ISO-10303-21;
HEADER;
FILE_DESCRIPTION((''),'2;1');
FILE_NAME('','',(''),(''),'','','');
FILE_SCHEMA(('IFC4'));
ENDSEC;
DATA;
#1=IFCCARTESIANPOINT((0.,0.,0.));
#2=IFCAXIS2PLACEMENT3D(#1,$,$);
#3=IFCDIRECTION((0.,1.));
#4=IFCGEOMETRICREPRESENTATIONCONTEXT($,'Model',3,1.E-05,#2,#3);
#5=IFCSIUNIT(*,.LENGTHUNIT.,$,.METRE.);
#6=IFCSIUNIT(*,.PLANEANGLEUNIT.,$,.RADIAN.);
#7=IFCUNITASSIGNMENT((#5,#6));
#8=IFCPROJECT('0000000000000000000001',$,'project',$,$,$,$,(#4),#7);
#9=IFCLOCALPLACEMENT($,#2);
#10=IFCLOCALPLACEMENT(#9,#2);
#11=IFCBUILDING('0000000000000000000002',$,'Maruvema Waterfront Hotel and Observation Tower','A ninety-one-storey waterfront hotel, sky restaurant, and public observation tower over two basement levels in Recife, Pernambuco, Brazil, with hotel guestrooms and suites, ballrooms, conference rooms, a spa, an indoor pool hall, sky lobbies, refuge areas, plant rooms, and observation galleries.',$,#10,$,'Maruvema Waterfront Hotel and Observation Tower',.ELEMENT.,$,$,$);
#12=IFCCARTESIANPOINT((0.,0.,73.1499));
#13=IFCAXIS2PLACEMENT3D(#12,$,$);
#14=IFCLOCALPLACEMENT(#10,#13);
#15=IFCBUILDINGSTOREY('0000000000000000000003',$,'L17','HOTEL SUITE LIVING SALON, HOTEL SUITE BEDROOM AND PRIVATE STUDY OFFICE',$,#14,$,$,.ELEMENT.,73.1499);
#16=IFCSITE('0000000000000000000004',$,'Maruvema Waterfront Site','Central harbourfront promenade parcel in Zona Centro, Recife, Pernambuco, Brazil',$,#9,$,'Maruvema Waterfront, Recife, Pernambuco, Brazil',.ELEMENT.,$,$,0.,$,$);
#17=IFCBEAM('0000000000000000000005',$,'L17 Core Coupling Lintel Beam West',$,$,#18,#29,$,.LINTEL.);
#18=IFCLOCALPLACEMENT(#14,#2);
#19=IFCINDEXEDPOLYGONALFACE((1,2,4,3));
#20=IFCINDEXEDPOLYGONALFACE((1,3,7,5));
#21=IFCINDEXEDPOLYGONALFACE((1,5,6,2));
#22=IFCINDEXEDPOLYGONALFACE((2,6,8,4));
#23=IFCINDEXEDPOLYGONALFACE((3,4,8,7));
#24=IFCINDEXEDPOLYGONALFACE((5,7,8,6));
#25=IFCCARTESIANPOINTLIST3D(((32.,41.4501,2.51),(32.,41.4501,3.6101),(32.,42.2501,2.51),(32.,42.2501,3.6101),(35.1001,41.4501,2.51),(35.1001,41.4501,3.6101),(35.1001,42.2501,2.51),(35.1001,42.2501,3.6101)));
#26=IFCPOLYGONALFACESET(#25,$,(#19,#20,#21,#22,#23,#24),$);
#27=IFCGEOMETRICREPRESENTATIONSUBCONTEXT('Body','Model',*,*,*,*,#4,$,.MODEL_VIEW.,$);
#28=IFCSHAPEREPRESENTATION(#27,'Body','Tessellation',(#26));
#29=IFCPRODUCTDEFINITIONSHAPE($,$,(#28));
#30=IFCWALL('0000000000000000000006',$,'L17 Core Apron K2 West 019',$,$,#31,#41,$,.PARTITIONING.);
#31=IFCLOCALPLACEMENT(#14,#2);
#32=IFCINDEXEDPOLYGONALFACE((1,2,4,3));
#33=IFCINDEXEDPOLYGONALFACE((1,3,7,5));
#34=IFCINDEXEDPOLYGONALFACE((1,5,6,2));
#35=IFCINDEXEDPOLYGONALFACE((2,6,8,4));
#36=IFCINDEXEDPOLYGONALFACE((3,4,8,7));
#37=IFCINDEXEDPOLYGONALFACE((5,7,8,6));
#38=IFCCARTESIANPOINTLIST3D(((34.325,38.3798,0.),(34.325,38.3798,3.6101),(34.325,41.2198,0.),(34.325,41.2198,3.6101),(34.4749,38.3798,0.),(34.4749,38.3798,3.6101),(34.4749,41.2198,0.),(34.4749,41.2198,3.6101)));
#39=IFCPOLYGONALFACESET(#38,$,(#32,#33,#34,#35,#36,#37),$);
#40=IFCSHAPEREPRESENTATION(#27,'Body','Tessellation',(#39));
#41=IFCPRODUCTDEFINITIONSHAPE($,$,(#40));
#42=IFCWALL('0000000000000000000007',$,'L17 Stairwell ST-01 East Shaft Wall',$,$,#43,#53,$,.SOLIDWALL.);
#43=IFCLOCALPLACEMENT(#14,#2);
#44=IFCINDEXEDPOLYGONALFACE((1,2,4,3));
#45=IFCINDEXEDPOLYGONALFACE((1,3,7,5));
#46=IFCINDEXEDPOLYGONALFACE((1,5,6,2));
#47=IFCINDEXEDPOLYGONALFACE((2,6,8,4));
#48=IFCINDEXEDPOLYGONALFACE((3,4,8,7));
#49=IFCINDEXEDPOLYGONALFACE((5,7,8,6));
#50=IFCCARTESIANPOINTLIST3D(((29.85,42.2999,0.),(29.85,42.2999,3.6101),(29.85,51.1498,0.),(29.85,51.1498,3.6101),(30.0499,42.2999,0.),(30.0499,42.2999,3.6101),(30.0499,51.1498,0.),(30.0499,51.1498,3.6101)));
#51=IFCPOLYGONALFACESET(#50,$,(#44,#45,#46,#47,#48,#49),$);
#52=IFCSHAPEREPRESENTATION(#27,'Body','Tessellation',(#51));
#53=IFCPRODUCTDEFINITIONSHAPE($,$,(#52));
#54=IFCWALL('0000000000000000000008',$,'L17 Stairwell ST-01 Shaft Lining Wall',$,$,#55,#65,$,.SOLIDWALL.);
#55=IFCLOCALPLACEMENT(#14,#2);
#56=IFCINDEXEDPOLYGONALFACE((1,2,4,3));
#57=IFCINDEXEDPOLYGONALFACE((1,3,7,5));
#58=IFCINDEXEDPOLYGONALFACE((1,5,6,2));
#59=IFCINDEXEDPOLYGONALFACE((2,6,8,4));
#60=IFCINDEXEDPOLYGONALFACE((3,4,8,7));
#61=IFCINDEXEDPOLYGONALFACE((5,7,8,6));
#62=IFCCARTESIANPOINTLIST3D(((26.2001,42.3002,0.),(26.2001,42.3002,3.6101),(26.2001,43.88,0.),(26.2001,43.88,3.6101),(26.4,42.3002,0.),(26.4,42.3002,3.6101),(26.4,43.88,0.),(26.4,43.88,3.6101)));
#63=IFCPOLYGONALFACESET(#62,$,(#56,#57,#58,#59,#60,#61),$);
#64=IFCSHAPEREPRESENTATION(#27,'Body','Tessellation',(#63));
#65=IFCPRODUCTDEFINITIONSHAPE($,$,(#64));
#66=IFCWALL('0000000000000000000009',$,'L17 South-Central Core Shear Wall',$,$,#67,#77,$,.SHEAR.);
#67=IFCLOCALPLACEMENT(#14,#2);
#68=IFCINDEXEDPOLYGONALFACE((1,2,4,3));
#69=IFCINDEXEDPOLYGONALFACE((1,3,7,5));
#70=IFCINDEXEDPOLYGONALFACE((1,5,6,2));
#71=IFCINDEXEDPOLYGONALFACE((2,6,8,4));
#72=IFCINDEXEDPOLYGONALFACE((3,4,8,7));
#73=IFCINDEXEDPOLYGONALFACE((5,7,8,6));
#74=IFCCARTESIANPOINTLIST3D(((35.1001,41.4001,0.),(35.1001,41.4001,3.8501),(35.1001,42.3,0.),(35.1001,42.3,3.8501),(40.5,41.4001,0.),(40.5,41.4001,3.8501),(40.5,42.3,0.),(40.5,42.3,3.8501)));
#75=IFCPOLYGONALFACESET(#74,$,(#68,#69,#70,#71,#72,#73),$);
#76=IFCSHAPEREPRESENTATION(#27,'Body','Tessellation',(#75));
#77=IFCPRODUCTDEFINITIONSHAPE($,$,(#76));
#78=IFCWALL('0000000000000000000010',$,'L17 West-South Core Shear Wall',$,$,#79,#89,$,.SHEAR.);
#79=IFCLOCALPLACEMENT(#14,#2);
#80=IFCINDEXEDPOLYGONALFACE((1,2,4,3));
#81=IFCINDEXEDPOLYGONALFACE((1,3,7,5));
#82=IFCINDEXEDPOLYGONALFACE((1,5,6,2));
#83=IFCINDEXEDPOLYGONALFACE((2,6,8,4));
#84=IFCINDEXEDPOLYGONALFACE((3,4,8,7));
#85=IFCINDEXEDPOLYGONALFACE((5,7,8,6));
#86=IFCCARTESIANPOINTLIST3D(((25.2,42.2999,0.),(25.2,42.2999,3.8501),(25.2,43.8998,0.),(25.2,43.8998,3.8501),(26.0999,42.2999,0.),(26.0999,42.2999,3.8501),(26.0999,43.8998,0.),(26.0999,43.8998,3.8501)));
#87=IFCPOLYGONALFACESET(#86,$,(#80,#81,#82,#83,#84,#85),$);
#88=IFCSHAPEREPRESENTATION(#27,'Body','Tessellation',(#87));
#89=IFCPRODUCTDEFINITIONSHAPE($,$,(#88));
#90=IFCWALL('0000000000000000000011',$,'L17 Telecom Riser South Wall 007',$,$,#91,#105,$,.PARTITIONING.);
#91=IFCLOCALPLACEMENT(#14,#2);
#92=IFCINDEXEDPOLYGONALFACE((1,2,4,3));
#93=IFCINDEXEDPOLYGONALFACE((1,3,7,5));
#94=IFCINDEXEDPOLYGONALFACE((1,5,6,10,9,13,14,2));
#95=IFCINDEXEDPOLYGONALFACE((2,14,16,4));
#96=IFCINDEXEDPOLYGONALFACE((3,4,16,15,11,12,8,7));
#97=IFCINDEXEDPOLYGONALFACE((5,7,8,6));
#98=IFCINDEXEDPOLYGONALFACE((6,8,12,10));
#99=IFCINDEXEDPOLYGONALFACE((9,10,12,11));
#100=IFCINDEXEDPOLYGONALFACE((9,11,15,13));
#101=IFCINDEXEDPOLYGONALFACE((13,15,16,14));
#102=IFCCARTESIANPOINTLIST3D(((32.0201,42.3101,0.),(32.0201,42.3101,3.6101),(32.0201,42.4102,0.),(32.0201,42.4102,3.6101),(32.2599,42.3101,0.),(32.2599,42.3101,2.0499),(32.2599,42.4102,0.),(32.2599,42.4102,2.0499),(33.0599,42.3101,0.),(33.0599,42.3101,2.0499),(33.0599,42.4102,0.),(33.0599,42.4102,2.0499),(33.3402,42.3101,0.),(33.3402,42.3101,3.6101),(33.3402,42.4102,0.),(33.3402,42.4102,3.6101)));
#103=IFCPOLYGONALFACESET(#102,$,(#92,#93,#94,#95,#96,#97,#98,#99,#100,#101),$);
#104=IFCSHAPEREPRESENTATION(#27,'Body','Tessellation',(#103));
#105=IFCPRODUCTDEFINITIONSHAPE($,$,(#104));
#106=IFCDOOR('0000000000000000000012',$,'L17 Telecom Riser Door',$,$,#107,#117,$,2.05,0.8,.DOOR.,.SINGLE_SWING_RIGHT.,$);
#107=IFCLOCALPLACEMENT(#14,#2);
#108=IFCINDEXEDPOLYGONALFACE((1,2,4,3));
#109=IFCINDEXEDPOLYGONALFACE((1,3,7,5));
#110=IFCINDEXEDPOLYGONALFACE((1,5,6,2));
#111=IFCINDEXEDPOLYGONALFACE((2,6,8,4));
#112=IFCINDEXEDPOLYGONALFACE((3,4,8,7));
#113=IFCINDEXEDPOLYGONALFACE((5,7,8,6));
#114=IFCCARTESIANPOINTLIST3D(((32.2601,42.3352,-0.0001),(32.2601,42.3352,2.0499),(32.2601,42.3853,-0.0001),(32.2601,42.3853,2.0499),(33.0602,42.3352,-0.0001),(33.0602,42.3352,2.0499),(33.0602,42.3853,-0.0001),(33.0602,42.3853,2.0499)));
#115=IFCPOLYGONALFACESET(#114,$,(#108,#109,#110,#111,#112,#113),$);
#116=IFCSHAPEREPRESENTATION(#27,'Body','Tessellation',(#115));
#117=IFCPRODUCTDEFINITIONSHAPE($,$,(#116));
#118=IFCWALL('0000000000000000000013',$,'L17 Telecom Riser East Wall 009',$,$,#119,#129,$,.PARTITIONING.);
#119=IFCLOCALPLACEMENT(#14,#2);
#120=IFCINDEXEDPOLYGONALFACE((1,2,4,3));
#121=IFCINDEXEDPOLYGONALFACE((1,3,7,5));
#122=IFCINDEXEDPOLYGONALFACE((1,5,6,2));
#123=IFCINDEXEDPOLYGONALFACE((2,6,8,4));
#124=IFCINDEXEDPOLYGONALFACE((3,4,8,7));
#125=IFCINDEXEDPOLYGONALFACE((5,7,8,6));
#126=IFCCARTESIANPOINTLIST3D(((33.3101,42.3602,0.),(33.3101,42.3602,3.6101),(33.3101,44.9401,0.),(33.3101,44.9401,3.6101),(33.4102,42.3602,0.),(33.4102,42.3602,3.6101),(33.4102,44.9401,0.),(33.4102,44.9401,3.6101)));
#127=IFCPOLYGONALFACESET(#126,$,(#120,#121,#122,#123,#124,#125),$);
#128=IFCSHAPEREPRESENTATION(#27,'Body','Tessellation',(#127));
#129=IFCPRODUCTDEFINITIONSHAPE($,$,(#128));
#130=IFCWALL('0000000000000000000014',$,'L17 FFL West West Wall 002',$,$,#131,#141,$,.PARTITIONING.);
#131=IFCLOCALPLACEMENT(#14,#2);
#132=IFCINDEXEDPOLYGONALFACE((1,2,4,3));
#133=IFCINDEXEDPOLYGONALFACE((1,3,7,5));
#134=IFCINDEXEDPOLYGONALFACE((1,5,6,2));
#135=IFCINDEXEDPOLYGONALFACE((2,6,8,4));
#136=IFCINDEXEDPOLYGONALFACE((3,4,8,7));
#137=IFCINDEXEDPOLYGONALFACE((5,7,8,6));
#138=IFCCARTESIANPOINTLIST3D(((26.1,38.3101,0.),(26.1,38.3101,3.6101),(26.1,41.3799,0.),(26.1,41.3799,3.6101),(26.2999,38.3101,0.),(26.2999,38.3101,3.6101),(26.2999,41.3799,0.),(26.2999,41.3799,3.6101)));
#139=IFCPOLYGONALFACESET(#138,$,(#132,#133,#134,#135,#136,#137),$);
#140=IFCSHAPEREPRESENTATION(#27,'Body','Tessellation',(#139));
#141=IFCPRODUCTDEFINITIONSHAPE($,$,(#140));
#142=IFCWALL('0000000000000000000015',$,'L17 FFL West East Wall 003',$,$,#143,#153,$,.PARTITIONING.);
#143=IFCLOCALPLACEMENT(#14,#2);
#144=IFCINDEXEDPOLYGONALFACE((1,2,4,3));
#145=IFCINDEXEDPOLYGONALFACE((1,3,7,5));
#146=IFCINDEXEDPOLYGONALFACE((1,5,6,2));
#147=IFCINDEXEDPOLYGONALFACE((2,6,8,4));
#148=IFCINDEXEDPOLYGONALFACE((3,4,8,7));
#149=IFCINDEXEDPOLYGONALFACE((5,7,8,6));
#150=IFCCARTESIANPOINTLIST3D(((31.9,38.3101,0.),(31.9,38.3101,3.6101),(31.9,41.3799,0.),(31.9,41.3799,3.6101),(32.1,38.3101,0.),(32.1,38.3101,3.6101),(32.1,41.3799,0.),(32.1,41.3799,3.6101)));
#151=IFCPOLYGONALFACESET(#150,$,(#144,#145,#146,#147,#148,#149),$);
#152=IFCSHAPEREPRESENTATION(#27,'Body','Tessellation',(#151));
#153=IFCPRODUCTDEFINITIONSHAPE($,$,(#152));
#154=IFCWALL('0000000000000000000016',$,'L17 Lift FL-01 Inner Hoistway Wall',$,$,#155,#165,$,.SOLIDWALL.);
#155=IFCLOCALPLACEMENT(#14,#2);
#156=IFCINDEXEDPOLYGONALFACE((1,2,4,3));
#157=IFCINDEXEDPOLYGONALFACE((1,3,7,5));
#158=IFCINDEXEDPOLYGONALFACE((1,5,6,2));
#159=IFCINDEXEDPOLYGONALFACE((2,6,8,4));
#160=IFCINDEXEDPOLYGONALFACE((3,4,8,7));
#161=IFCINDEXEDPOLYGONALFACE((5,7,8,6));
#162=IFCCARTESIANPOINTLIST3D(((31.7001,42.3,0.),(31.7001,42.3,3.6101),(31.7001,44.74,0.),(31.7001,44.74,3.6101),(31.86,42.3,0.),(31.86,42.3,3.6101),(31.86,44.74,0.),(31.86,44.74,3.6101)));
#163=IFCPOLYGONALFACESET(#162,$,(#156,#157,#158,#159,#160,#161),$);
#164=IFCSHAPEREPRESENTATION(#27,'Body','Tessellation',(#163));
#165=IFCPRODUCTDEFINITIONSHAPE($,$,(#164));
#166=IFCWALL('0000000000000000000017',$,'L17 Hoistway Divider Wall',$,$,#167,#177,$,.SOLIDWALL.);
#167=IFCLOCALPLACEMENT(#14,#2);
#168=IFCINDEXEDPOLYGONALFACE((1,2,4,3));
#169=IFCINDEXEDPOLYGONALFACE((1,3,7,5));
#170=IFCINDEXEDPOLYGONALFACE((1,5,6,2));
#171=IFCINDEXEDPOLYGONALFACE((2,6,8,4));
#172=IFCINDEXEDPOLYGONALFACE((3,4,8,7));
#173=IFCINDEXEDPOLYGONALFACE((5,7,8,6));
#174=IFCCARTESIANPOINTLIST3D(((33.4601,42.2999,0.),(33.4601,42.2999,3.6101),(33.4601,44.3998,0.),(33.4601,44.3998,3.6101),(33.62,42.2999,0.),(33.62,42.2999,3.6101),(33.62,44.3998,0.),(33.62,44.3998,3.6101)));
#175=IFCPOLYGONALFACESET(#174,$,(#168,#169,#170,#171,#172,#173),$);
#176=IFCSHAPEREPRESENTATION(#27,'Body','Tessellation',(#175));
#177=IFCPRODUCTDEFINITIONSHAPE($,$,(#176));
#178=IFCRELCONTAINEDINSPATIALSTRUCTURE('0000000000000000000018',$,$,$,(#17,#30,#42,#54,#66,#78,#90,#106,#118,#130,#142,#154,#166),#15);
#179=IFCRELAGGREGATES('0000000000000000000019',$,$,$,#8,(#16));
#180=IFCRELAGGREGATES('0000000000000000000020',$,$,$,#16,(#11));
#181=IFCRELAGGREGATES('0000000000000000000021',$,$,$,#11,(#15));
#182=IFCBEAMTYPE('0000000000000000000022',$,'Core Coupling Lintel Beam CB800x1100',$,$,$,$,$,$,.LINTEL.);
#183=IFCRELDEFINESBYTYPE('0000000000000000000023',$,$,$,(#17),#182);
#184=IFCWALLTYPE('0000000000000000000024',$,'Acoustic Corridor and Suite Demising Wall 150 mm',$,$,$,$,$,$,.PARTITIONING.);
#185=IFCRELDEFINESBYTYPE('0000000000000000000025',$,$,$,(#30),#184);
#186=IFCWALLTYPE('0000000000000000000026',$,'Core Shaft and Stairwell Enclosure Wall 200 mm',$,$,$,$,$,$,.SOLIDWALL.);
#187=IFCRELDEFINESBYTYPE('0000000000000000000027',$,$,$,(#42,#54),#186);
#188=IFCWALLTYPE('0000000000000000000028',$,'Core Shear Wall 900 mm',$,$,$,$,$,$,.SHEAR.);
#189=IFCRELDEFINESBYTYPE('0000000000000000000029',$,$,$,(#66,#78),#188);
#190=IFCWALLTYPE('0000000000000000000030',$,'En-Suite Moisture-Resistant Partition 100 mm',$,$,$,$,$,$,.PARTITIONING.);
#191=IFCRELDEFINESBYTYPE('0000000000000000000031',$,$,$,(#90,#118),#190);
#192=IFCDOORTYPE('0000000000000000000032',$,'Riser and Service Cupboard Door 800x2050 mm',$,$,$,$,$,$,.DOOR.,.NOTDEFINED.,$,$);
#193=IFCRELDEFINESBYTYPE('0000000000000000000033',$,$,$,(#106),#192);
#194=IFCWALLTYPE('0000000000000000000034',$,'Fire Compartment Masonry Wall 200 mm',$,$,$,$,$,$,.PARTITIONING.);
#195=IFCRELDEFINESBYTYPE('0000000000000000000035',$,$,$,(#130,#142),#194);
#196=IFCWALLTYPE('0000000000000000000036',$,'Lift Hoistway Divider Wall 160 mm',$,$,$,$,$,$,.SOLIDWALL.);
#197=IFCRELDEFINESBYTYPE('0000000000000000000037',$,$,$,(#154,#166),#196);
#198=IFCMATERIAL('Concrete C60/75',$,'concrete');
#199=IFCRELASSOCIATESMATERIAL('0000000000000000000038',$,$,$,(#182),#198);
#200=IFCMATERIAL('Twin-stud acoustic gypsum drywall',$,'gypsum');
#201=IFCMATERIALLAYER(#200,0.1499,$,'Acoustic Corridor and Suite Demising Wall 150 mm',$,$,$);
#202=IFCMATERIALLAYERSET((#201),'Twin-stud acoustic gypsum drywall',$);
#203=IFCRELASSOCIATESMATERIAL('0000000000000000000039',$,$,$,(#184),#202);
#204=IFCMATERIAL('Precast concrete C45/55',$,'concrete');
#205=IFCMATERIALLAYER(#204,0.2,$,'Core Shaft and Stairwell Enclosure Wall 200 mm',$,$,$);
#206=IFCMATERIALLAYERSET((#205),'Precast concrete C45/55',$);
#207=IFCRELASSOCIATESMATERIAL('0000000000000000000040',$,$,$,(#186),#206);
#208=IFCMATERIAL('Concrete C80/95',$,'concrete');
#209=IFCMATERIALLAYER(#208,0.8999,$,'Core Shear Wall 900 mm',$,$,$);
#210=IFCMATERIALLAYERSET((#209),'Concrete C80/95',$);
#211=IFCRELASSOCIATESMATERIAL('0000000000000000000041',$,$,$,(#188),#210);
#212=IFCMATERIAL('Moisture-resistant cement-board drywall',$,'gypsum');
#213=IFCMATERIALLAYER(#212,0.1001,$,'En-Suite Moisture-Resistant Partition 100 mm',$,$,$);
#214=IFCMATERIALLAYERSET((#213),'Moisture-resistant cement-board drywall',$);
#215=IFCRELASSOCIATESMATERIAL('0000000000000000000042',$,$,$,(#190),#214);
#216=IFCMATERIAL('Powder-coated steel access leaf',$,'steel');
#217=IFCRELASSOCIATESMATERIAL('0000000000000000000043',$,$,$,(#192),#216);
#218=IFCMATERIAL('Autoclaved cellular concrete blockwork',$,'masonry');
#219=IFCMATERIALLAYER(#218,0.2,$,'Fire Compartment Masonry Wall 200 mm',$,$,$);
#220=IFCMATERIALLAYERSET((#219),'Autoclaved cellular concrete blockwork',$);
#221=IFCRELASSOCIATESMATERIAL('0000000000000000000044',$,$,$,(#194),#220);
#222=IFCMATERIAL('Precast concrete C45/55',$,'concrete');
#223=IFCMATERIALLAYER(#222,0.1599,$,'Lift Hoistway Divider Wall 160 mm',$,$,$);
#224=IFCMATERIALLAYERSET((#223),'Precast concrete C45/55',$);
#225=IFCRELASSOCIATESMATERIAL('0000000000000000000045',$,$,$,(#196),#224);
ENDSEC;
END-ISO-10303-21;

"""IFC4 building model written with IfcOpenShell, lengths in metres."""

from ifc_helpers import new_model, si_unit, direction, frame, frame_2d, origin, origin_2d, place, context, subcontext, project, spatial, rectangle, extrude, material, layer, layer_set, material_profile, profile_set, type_object, element, fill, save


model = new_model("IFC4")

# Units and contexts
model_context = context("Model", 3, precision=1e-05, world=origin(), true_north=direction((0.0, 1.0)))
body_context = subcontext(model_context, "Body", "Model", "MODEL_VIEW")
ifc_project = project(units=[si_unit("LENGTHUNIT", "METRE"), si_unit("PLANEANGLEUNIT", "RADIAN")], contexts=[model_context])

# Site, building, storey
site_placement = place(None, origin())
site = spatial("IfcSite", under=ifc_project, at=site_placement, Name="Maruvema Waterfront Site", Description="Central harbourfront promenade parcel in Zona Centro, Recife, Pernambuco, Brazil", LongName="Maruvema Waterfront, Recife, Pernambuco, Brazil", CompositionType="ELEMENT", RefElevation=0.0)
building_placement = place(site_placement, origin())
building = spatial("IfcBuilding", under=site, at=building_placement, Name="Maruvema Waterfront Hotel and Observation Tower", Description="A ninety-one-storey waterfront hotel, sky restaurant, and public observation tower over two basement levels in Recife, Pernambuco, Brazil, with hotel guestrooms and suites, ballrooms, conference rooms, a spa, an indoor pool hall, sky lobbies, refuge areas, plant rooms, and observation galleries.", LongName="Maruvema Waterfront Hotel and Observation Tower", CompositionType="ELEMENT")
storey_placement = place(building_placement, frame((0.0, 0.0, 73.1499)))
storey = spatial("IfcBuildingStorey", under=building, at=storey_placement, Name="L17", Description="HOTEL SUITE LIVING SALON, HOTEL SUITE BEDROOM AND PRIVATE STUDY OFFICE", CompositionType="ELEMENT", Elevation=73.1499)

# Beam
ifc_material_1 = material(Name="Concrete C60/75", Category="concrete")
ifc_material_profile = material_profile(ifc_material_1, rectangle(XDim=0.8, YDim=1.1001, at=origin_2d()), Name="CB800x1100")
ifc_profile_set = profile_set([ifc_material_profile], Name="Concrete C60/75")
beam_type = type_object("IfcBeamType", Name="Core Coupling Lintel Beam CB800x1100", PredefinedType="LINTEL", material=ifc_profile_set)
beam_placement = place(storey_placement, frame((32.0, 41.8501, 3.0601), z_axis=(1.0, 0.0, 0.0), x_axis=(0.0, 1.0, 0.0)))
element("IfcBeam", 1, at=beam_placement, inside=storey, type_object=beam_type, Name="L17 Core Coupling Lintel Beam West", PredefinedType="LINTEL", context=body_context, shape_type="SweptSolid", body=[
    extrude(rectangle(XDim=0.8, YDim=1.1001, at=origin_2d()), origin(), (0.0, 0.0, 1.0), 3.1001),
])

# Walls
ifc_material_2 = material(Name="Twin-stud acoustic gypsum drywall", Category="gypsum")
ifc_layer_1 = layer(ifc_material_2, 0.1499, Name="Acoustic Corridor and Suite Demising Wall 150 mm")
ifc_layer_set_1 = layer_set([ifc_layer_1], Name="Twin-stud acoustic gypsum drywall")
wall_type_1 = type_object("IfcWallType", Name="Acoustic Corridor and Suite Demising Wall 150 mm", PredefinedType="PARTITIONING", material=ifc_layer_set_1)
wall_1_placement = place(storey_placement, frame((34.3999, 38.3799, 0.0), z_axis=(0.0, 0.0, 1.0), x_axis=(0.0, 1.0, 0.0)))
element("IfcWall", 2, at=wall_1_placement, inside=storey, type_object=wall_type_1, Name="L17 Core Apron K2 West 019", PredefinedType="PARTITIONING", context=body_context, shape_type="SweptSolid", body=[
    extrude(rectangle(XDim=2.8401, YDim=0.1499, at=frame_2d((1.4199, 0.0))), origin(), (0.0, 0.0, 1.0), 3.6101),
])
ifc_material_3 = material(Name="Precast concrete C45/55", Category="concrete")
ifc_layer_2 = layer(ifc_material_3, 0.2, Name="Core Shaft and Stairwell Enclosure Wall 200 mm")
ifc_layer_set_2 = layer_set([ifc_layer_2], Name="Precast concrete C45/55")
wall_type_2 = type_object("IfcWallType", Name="Core Shaft and Stairwell Enclosure Wall 200 mm", PredefinedType="SOLIDWALL", material=ifc_layer_set_2)
wall_2_placement = place(storey_placement, frame((29.95, 42.3, 0.0), z_axis=(0.0, 0.0, 1.0), x_axis=(0.0, 1.0, 0.0)))
element("IfcWall", 3, at=wall_2_placement, inside=storey, type_object=wall_type_2, Name="L17 Stairwell ST-01 East Shaft Wall", PredefinedType="SOLIDWALL", context=body_context, shape_type="SweptSolid", body=[
    extrude(rectangle(XDim=8.8499, YDim=0.2, at=frame_2d((4.4248, 0.0))), origin(), (0.0, 0.0, 1.0), 3.6101),
])
wall_3_placement = place(storey_placement, frame((26.3, 42.3, 0.0), z_axis=(0.0, 0.0, 1.0), x_axis=(0.0, 1.0, 0.0)))
element("IfcWall", 4, at=wall_3_placement, inside=storey, type_object=wall_type_2, Name="L17 Stairwell ST-01 Shaft Lining Wall", PredefinedType="SOLIDWALL", context=body_context, shape_type="SweptSolid", body=[
    extrude(rectangle(XDim=1.5798, YDim=0.2, at=frame_2d((0.79, 0.0))), origin(), (0.0, 0.0, 1.0), 3.6101),
])

# Shared definitions
ifc_material_4 = material(Name="Concrete C80/95", Category="concrete")
ifc_layer_3 = layer(ifc_material_4, 0.8999, Name="Core Shear Wall 900 mm")
ifc_layer_set_3 = layer_set([ifc_layer_3], Name="Concrete C80/95")
wall_type_3 = type_object("IfcWallType", Name="Core Shear Wall 900 mm", PredefinedType="SHEAR", material=ifc_layer_set_3)

# Walls
wall_4_placement = place(storey_placement, frame((35.1001, 41.8501, 0.0), z_axis=(0.0, 0.0, 1.0), x_axis=(1.0, 0.0, 0.0)))
element("IfcWall", 5, at=wall_4_placement, inside=storey, type_object=wall_type_3, Name="L17 South-Central Core Shear Wall", PredefinedType="SHEAR", context=body_context, shape_type="SweptSolid", body=[
    extrude(rectangle(XDim=5.3999, YDim=0.8999, at=frame_2d((2.7, 0.0))), origin(), (0.0, 0.0, 1.0), 3.8501),
])
wall_5_placement = place(storey_placement, frame((25.6499, 42.3, 0.0), z_axis=(0.0, 0.0, 1.0), x_axis=(0.0, 1.0, 0.0)))
element("IfcWall", 6, at=wall_5_placement, inside=storey, type_object=wall_type_3, Name="L17 West-South Core Shear Wall", PredefinedType="SHEAR", context=body_context, shape_type="SweptSolid", body=[
    extrude(rectangle(XDim=1.5999, YDim=0.8999, at=frame_2d((0.7998, 0.0))), origin(), (0.0, 0.0, 1.0), 3.8501),
])

# Wall, opening, door
ifc_material_5 = material(Name="Moisture-resistant cement-board drywall", Category="gypsum")
ifc_layer_4 = layer(ifc_material_5, 0.1001, Name="En-Suite Moisture-Resistant Partition 100 mm")
ifc_layer_set_4 = layer_set([ifc_layer_4], Name="Moisture-resistant cement-board drywall")
wall_type_4 = type_object("IfcWallType", Name="En-Suite Moisture-Resistant Partition 100 mm", PredefinedType="PARTITIONING", material=ifc_layer_set_4)
wall_6_placement = place(storey_placement, frame((32.02, 42.3601, 0.0), z_axis=(0.0, 0.0, 1.0), x_axis=(1.0, 0.0, 0.0)))
wall_6 = element("IfcWall", 7, at=wall_6_placement, inside=storey, type_object=wall_type_4, Name="L17 Telecom Riser South Wall 007", PredefinedType="PARTITIONING", context=body_context, shape_type="SweptSolid", body=[
    extrude(rectangle(XDim=1.3201, YDim=0.1001, at=frame_2d((0.6602, 0.0))), origin(), (0.0, 0.0, 1.0), 3.6101),
])
opening_1_placement = place(wall_6_placement, frame((0.24, 0.0, 0.0)))
opening_1 = element("IfcOpeningElement", 8, at=opening_1_placement, cuts=wall_6, PredefinedType="OPENING", context=body_context, shape_type="SweptSolid", body=[
    extrude(rectangle(XDim=0.8, YDim=2.05, at=frame_2d((0.3999, 1.0249))), frame((0.0, 0.0601, 0.0), z_axis=(0.0, -1.0, 0.0), x_axis=(1.0, 0.0, 0.0)), (0.0, 0.0, 1.0), 0.1201),
])
ifc_material_6 = material(Name="Powder-coated steel access leaf", Category="steel")
door_type_1 = type_object("IfcDoorType", Name="Riser and Service Cupboard Door 800x2050 mm", OperationType="NOTDEFINED", PredefinedType="DOOR", material=ifc_material_6)
door_1_placement = place(opening_1_placement, frame((0.8, 0.0, 0.0), z_axis=(0.0, 0.0, 1.0), x_axis=(-1.0, 0.0, 0.0)))
door_1 = element("IfcDoor", 9, at=door_1_placement, inside=storey, type_object=door_type_1, Name="L17 Telecom Riser Door", OperationType="SINGLE_SWING_RIGHT", OverallHeight=2.05, OverallWidth=0.8, PredefinedType="DOOR", context=body_context, shape_type="SweptSolid", body=[
    extrude(rectangle(XDim=0.8, YDim=2.05, at=frame_2d((0.3999, 1.0249))), frame((0.0, 0.0249, 0.0), z_axis=(0.0, -1.0, 0.0), x_axis=(1.0, 0.0, 0.0)), (0.0, 0.0, 1.0), 0.05),
])
fill(opening_1, door_1)

# Walls
wall_7_placement = place(storey_placement, frame((33.3601, 42.3601, 0.0), z_axis=(0.0, 0.0, 1.0), x_axis=(0.0, 1.0, 0.0)))
element("IfcWall", 10, at=wall_7_placement, inside=storey, type_object=wall_type_4, Name="L17 Telecom Riser East Wall 009", PredefinedType="PARTITIONING", context=body_context, shape_type="SweptSolid", body=[
    extrude(rectangle(XDim=2.5798, YDim=0.1001, at=frame_2d((1.29, 0.0))), origin(), (0.0, 0.0, 1.0), 3.6101),
])
ifc_material_7 = material(Name="Autoclaved cellular concrete blockwork", Category="masonry")
ifc_layer_5 = layer(ifc_material_7, 0.2, Name="Fire Compartment Masonry Wall 200 mm")
ifc_layer_set_5 = layer_set([ifc_layer_5], Name="Autoclaved cellular concrete blockwork")
wall_type_5 = type_object("IfcWallType", Name="Fire Compartment Masonry Wall 200 mm", PredefinedType="PARTITIONING", material=ifc_layer_set_5)
for number, where, z_axis, x_axis, name in (
    (11, (26.2, 38.3101, 0.0), (0.0, 0.0, 1.0), (0.0, 1.0, 0.0), "L17 FFL West West Wall 002"),
    (12, (32.0, 38.3101, 0.0), (0.0, 0.0, 1.0), (0.0, 1.0, 0.0), "L17 FFL West East Wall 003"),
):
    element("IfcWall", number, at=place(storey_placement, frame(where, z_axis=z_axis, x_axis=x_axis)), inside=storey, type_object=wall_type_5, Name=name, PredefinedType="PARTITIONING", context=body_context, shape_type="SweptSolid", body=[
        extrude(rectangle(XDim=3.0698, YDim=0.2, at=frame_2d((1.5349, 0.0))), origin(), (0.0, 0.0, 1.0), 3.6101),
    ])
ifc_material_8 = material(Name="Precast concrete C45/55", Category="concrete")
ifc_layer_6 = layer(ifc_material_8, 0.1599, Name="Lift Hoistway Divider Wall 160 mm")
ifc_layer_set_6 = layer_set([ifc_layer_6], Name="Precast concrete C45/55")
wall_type_6 = type_object("IfcWallType", Name="Lift Hoistway Divider Wall 160 mm", PredefinedType="SOLIDWALL", material=ifc_layer_set_6)
wall_8_placement = place(storey_placement, frame((31.78, 42.3, 0.0), z_axis=(0.0, 0.0, 1.0), x_axis=(0.0, 1.0, 0.0)))
element("IfcWall", 13, at=wall_8_placement, inside=storey, type_object=wall_type_6, Name="L17 Lift FL-01 Inner Hoistway Wall", PredefinedType="SOLIDWALL", context=body_context, shape_type="SweptSolid", body=[
    extrude(rectangle(XDim=2.4399, YDim=0.1599, at=frame_2d((1.22, 0.0))), origin(), (0.0, 0.0, 1.0), 3.6101),
])
wall_9_placement = place(storey_placement, frame((33.54, 42.3, 0.0), z_axis=(0.0, 0.0, 1.0), x_axis=(0.0, 1.0, 0.0)))
element("IfcWall", 14, at=wall_9_placement, inside=storey, type_object=wall_type_6, Name="L17 Hoistway Divider Wall", PredefinedType="SOLIDWALL", context=body_context, shape_type="SweptSolid", body=[
    extrude(rectangle(XDim=2.0999, YDim=0.1599, at=frame_2d((1.0498, 0.0))), origin(), (0.0, 0.0, 1.0), 3.6101),
])

save(model, "model.ifc")
